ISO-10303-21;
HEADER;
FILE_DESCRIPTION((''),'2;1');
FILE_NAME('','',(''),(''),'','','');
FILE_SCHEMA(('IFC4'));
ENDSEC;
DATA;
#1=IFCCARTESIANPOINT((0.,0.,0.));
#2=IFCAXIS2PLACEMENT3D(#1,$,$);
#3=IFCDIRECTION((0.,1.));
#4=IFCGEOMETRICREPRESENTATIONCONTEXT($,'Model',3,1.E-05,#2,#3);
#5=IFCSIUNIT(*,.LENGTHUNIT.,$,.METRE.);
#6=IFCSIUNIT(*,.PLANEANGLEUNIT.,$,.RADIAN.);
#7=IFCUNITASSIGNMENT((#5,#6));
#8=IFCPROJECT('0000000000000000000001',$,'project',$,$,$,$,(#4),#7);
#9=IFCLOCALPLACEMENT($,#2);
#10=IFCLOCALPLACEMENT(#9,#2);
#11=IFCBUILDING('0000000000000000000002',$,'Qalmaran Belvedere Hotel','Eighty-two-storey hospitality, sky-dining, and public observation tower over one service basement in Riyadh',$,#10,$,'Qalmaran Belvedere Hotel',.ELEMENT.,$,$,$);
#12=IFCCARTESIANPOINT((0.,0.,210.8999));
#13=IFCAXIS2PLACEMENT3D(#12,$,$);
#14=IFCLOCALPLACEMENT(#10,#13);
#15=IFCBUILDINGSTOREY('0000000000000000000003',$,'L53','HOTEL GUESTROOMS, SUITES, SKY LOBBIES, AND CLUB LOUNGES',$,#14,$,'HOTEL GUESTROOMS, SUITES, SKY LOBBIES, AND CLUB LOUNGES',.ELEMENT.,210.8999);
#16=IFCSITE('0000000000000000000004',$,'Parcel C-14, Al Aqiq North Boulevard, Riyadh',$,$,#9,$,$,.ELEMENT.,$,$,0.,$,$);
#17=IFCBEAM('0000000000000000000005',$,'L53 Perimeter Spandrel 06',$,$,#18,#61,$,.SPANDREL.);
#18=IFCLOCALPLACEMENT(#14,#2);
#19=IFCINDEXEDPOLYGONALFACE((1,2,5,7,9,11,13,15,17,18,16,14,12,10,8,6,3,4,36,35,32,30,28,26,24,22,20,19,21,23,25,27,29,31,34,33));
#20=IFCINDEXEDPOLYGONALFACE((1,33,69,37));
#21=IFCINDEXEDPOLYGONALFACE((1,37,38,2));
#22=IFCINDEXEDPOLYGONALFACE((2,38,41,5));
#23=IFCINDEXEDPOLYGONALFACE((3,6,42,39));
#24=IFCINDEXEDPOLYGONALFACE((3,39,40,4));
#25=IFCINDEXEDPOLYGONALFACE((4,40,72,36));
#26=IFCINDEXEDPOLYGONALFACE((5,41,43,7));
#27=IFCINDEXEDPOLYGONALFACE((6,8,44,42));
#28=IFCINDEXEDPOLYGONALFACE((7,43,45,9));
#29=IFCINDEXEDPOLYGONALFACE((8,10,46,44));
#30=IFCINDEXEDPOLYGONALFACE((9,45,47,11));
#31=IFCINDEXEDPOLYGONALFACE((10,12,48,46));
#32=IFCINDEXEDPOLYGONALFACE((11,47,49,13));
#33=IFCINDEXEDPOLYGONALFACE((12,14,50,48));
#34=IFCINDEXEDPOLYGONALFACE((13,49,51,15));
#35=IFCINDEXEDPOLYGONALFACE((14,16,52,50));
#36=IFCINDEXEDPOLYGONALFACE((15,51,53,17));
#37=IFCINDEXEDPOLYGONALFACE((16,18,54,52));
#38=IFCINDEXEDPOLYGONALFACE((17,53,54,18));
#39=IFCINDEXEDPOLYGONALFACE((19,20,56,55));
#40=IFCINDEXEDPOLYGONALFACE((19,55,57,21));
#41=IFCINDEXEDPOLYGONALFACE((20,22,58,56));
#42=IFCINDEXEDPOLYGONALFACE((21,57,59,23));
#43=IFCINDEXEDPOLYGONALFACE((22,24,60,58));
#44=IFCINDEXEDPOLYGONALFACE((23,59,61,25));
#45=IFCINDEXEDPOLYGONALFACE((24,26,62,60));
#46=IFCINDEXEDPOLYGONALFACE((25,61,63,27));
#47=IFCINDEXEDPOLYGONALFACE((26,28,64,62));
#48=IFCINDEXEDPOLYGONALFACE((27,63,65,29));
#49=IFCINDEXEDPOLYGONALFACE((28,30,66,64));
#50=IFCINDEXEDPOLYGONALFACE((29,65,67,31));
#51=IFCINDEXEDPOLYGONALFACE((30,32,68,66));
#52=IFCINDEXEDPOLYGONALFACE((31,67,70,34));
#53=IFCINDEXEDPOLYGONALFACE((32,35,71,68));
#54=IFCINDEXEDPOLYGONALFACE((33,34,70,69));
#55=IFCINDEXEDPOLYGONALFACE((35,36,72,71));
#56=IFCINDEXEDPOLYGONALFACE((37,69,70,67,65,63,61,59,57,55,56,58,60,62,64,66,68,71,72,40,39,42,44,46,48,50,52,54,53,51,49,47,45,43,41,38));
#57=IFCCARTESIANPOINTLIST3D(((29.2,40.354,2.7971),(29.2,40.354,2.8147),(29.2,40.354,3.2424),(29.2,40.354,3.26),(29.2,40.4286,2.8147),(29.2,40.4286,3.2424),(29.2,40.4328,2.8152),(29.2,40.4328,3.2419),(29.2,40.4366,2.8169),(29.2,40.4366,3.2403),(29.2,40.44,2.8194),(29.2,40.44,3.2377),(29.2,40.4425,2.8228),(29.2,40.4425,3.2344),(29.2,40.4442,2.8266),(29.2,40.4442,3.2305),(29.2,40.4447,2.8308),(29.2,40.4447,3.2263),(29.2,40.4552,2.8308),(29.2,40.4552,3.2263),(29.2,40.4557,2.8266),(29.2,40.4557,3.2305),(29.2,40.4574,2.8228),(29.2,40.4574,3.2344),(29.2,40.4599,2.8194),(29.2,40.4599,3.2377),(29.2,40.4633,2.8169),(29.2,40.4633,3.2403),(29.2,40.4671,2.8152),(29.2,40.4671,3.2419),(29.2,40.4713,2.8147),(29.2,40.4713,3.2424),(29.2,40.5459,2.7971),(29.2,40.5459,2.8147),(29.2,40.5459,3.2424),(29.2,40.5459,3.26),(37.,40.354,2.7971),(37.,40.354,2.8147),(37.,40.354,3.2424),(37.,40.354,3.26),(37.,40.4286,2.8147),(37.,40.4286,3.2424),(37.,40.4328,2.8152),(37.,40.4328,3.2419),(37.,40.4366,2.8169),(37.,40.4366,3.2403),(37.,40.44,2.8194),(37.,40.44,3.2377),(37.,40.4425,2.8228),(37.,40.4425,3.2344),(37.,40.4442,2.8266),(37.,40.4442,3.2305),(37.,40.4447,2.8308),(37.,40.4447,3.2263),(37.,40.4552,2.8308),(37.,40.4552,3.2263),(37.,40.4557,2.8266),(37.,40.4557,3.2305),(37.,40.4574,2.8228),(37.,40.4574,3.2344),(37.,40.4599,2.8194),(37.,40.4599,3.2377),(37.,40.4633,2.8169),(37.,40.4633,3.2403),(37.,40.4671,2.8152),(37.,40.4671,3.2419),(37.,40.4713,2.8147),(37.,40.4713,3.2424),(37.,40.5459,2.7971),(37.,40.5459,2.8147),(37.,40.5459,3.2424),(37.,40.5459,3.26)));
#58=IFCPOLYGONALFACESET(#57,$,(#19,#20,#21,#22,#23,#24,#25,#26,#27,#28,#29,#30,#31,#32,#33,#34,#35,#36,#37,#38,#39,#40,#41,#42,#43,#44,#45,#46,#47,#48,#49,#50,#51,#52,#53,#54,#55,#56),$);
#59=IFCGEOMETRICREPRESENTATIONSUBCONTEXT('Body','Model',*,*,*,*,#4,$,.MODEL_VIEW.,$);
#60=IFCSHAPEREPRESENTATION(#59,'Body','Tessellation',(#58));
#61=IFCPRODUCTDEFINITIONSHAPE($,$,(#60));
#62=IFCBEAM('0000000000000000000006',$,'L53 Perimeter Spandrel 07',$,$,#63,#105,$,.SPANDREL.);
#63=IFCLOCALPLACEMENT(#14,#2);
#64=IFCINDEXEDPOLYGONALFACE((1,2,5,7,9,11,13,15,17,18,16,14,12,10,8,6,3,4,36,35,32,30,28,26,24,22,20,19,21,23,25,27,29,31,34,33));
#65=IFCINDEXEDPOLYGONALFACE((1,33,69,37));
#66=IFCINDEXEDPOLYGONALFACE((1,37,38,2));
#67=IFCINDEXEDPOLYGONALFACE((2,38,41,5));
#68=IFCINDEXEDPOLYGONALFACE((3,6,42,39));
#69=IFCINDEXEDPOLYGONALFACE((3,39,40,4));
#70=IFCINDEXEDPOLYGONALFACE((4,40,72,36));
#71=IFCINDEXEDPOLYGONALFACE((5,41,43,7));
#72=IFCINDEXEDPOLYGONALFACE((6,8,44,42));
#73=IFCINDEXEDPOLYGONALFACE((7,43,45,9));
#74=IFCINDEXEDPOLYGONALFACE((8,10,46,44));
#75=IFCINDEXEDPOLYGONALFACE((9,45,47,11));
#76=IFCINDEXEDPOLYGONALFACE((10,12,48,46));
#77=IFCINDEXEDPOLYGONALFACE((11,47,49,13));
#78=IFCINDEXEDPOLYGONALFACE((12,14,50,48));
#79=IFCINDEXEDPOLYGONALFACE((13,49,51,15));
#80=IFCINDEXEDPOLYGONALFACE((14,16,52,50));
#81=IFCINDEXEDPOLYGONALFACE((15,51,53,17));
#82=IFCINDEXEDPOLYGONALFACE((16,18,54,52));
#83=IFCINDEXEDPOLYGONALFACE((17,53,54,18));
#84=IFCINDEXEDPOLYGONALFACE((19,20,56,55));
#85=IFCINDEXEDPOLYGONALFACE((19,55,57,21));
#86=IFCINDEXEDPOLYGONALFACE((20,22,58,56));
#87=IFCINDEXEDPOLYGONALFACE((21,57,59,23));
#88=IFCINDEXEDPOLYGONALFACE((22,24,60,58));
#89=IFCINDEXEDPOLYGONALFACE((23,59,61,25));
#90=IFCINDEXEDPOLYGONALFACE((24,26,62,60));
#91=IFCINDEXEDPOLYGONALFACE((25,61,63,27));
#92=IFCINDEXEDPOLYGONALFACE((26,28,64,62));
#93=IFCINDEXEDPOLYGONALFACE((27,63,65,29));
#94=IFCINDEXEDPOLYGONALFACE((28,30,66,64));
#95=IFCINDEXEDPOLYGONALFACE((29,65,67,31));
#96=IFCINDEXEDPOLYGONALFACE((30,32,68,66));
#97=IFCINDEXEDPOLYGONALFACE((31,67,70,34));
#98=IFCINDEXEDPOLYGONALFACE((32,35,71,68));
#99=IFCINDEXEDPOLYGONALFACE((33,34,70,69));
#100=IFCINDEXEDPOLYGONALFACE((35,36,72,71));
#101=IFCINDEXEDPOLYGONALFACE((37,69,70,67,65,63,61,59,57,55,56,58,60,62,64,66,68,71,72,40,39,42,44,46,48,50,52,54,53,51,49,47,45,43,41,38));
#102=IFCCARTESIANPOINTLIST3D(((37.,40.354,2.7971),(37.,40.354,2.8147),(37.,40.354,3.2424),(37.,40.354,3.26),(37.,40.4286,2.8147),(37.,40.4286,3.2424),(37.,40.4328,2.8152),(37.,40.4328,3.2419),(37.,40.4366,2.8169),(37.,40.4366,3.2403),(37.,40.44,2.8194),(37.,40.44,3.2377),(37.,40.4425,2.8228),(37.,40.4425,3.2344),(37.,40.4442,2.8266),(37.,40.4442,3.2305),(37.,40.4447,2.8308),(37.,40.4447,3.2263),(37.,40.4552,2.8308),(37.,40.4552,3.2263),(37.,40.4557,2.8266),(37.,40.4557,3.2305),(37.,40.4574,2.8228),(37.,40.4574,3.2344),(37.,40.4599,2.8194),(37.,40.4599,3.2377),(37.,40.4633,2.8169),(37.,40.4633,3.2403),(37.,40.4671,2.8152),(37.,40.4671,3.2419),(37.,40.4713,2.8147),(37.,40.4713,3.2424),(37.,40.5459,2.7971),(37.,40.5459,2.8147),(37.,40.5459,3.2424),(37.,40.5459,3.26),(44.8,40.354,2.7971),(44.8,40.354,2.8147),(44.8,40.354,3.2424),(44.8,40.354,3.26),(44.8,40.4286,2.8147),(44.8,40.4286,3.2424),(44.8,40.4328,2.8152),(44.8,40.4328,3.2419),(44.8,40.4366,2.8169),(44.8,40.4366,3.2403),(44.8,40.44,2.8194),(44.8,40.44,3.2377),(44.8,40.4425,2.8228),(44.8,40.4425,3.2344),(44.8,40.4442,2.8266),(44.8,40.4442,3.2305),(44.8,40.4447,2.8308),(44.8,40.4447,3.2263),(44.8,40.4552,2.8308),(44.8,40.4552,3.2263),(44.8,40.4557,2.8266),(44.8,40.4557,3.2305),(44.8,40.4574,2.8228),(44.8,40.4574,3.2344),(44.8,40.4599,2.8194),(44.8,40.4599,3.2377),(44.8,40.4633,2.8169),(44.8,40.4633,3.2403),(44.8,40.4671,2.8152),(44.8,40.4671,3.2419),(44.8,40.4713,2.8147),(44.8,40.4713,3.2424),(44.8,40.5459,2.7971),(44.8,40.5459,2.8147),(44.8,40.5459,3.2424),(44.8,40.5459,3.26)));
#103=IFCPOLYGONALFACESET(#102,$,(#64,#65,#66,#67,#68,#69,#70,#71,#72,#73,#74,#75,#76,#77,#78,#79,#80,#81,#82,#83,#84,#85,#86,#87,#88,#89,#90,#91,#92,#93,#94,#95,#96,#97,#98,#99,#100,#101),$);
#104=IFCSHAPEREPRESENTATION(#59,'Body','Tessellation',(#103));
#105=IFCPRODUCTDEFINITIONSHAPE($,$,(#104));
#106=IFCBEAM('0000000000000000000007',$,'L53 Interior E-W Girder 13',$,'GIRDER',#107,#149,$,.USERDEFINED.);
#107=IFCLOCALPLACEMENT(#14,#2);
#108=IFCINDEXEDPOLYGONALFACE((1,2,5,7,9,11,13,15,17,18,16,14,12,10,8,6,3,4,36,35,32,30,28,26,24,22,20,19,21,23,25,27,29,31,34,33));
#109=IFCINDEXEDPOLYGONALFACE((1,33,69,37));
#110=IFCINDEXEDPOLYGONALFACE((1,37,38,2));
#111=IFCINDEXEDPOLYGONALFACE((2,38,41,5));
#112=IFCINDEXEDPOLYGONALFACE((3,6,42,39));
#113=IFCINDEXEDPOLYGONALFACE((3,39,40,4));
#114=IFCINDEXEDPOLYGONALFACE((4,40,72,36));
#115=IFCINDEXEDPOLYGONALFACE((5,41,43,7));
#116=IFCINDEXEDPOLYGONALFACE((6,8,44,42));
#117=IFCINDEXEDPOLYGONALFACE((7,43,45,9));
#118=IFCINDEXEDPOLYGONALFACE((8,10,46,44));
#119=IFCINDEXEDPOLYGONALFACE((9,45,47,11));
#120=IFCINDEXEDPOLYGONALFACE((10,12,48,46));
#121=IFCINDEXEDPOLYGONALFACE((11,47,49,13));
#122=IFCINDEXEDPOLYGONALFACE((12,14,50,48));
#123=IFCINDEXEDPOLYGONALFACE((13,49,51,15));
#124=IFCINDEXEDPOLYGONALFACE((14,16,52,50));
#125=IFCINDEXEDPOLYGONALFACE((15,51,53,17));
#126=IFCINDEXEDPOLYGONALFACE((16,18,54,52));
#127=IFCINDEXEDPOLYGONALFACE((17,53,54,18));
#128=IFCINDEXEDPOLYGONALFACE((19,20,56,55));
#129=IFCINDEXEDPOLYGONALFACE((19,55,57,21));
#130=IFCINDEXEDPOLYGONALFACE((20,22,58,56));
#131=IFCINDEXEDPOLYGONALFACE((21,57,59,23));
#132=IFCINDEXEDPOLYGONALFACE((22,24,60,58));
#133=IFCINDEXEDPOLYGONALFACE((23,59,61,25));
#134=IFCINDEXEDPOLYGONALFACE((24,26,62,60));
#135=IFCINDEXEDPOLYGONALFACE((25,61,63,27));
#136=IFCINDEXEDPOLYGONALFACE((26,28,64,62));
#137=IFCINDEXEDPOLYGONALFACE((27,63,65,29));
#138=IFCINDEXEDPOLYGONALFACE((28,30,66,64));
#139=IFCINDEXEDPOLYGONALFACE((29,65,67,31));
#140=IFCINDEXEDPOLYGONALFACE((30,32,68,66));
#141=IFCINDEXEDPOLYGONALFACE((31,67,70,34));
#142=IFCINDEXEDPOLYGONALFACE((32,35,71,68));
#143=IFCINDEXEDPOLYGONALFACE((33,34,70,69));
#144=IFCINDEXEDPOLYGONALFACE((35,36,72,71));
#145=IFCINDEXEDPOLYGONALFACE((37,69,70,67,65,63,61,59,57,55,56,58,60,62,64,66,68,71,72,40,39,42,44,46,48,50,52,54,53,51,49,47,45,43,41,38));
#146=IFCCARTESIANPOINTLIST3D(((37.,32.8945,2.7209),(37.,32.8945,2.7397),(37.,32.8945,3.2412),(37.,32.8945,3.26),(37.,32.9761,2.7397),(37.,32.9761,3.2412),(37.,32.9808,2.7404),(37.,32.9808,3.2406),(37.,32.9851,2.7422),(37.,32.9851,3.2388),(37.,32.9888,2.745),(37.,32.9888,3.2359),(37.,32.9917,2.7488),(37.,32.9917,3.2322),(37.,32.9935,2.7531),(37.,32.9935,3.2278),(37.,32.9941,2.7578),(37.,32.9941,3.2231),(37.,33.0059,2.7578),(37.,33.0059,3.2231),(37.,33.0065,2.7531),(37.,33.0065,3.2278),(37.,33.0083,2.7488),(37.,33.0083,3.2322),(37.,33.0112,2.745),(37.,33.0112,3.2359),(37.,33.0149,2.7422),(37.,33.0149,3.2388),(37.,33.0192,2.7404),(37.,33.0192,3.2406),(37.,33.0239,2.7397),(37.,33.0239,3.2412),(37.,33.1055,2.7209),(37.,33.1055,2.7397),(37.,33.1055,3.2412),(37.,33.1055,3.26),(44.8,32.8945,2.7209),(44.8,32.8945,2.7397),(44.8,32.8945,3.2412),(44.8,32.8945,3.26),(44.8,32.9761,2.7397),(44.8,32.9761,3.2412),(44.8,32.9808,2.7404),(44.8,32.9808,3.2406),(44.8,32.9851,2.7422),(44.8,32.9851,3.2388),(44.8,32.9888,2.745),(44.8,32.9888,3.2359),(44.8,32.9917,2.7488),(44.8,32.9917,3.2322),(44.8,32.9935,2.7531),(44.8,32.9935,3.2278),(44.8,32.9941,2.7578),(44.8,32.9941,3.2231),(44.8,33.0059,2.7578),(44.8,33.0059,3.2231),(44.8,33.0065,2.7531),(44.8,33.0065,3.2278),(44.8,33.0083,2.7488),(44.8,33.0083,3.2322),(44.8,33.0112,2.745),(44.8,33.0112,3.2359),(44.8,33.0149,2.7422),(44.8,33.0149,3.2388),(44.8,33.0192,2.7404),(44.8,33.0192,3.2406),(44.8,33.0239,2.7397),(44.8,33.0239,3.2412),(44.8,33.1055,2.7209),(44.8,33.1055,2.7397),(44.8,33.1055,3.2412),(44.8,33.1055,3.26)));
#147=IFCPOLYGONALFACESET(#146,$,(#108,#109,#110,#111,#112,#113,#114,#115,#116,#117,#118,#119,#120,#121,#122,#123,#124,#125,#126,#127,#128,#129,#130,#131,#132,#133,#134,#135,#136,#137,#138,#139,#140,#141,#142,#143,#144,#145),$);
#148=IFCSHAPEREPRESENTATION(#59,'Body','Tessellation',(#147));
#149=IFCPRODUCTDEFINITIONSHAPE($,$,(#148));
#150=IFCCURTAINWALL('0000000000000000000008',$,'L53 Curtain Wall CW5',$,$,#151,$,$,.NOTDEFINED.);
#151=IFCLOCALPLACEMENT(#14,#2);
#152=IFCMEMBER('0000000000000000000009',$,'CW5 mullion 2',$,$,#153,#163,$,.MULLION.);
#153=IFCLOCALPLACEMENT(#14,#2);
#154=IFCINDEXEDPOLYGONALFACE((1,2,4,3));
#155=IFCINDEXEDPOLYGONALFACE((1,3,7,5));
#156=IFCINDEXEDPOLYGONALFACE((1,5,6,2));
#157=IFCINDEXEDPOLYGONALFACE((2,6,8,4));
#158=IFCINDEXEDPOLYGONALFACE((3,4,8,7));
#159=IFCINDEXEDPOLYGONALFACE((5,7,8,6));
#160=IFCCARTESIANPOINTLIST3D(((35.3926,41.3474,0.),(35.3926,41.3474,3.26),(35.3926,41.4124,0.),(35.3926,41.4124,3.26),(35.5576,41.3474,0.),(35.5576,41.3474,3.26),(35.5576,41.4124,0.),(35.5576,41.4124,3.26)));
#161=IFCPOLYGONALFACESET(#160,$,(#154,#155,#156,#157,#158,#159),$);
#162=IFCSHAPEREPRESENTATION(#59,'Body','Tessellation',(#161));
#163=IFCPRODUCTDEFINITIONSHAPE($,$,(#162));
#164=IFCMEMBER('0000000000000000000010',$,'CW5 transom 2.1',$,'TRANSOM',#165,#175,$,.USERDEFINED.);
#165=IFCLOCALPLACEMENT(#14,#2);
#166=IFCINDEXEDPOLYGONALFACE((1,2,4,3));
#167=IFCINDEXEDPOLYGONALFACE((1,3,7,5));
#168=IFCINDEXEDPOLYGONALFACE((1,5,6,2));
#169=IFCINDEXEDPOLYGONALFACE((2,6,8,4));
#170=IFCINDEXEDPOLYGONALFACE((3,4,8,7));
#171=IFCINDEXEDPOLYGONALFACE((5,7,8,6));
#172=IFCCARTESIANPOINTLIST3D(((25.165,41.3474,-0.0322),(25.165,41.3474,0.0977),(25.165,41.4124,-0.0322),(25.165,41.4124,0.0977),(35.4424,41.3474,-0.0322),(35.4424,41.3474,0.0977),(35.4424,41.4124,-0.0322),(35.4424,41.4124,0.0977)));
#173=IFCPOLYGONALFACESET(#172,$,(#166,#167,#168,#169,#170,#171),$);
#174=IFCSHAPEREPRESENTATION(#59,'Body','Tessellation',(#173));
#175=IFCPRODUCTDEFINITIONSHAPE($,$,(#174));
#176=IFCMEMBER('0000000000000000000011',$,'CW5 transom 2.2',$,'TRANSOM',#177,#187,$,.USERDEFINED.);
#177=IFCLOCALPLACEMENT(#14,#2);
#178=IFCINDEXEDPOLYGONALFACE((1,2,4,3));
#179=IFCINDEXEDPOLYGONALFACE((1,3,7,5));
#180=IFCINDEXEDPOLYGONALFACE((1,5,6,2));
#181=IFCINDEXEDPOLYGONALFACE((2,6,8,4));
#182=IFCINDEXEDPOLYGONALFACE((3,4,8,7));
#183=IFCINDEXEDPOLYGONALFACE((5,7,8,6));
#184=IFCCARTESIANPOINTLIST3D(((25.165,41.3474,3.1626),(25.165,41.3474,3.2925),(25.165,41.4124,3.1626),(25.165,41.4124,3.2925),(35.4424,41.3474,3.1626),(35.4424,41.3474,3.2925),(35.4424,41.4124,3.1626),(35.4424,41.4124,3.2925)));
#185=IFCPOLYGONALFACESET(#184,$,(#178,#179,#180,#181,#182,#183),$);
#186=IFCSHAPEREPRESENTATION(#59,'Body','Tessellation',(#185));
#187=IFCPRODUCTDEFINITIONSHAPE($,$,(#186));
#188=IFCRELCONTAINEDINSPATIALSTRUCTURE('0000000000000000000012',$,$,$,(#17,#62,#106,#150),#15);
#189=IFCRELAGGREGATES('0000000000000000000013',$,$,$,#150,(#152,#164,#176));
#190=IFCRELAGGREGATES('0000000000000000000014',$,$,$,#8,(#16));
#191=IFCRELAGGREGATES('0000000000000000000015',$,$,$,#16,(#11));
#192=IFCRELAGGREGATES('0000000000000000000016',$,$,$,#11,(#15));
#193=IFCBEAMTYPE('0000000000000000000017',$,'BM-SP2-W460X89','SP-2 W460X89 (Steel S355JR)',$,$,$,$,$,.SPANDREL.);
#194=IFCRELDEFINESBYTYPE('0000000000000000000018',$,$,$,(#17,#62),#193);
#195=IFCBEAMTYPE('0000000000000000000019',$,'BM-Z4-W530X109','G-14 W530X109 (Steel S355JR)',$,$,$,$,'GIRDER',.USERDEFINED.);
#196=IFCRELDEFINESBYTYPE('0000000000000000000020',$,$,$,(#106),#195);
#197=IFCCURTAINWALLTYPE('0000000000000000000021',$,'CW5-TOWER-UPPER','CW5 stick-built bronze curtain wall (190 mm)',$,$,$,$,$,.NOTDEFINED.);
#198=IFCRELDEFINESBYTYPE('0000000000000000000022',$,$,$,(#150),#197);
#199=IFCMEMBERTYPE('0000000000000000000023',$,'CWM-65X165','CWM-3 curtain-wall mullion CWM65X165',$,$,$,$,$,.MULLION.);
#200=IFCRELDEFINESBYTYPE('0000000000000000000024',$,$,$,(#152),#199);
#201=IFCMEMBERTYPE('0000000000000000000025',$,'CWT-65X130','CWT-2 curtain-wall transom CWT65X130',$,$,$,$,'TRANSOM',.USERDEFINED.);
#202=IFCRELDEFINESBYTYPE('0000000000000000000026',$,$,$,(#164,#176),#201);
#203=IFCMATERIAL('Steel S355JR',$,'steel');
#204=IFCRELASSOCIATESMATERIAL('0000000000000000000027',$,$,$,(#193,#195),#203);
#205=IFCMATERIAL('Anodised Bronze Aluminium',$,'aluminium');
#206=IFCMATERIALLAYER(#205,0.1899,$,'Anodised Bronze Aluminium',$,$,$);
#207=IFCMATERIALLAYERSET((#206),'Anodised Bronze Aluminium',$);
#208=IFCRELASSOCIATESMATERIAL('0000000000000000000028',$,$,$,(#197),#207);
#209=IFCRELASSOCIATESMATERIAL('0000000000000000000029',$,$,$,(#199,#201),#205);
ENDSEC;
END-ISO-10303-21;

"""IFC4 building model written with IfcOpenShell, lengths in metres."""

from ifc_helpers import new_model, si_unit, direction, frame, origin, origin_2d, place, context, subcontext, project, spatial, rectangle, i_section, extrude, material, layer, layer_set, material_profile, profile_set, type_object, element, aggregate, save


model = new_model("IFC4")

# Units and contexts
model_context = context("Model", 3, precision=1e-05, world=origin(), true_north=direction((0.0, 1.0)))
body_context = subcontext(model_context, "Body", "Model", "MODEL_VIEW")
ifc_project = project(units=[si_unit("LENGTHUNIT", "METRE"), si_unit("PLANEANGLEUNIT", "RADIAN")], contexts=[model_context])

# Site, building, storey
site_placement = place(None, origin())
site = spatial("IfcSite", under=ifc_project, at=site_placement, Name="Parcel C-14, Al Aqiq North Boulevard, Riyadh", CompositionType="ELEMENT", RefElevation=0.0)
building_placement = place(site_placement, origin())
building = spatial("IfcBuilding", under=site, at=building_placement, Name="Qalmaran Belvedere Hotel", Description="Eighty-two-storey hospitality, sky-dining, and public observation tower over one service basement in Riyadh", LongName="Qalmaran Belvedere Hotel", CompositionType="ELEMENT")
storey_placement = place(building_placement, frame((0.0, 0.0, 210.8999)))
storey = spatial("IfcBuildingStorey", under=building, at=storey_placement, Name="L53", Description="HOTEL GUESTROOMS, SUITES, SKY LOBBIES, AND CLUB LOUNGES", LongName="HOTEL GUESTROOMS, SUITES, SKY LOBBIES, AND CLUB LOUNGES", CompositionType="ELEMENT", Elevation=210.8999)

# Beams
ifc_material_1 = material(Name="Steel S355JR", Category="steel")
ifc_material_profile_1 = material_profile(ifc_material_1, i_section(OverallWidth=0.1919, OverallDepth=0.4629, WebThickness=0.0105, FlangeThickness=0.0176, FilletRadius=0.0161, at=origin_2d()), Name="W460X89")
ifc_profile_set_1 = profile_set([ifc_material_profile_1], Name="Steel S355JR")
beam_type_1 = type_object("IfcBeamType", Name="BM-SP2-W460X89", Description="SP-2 W460X89 (Steel S355JR)", PredefinedType="SPANDREL", material=ifc_profile_set_1)
for number, where, z_axis, x_axis, name in (
    (1, (29.2, 40.45, 3.0286), (1.0, 0.0, 0.0), (0.0, 1.0, 0.0), "L53 Perimeter Spandrel 06"),
    (2, (37.0, 40.45, 3.0286), (1.0, 0.0, 0.0), (0.0, 1.0, 0.0), "L53 Perimeter Spandrel 07"),
):
    element("IfcBeam", number, at=place(storey_placement, frame(where, z_axis=z_axis, x_axis=x_axis)), inside=storey, type_object=beam_type_1, Name=name, PredefinedType="SPANDREL", context=body_context, shape_type="SweptSolid", body=[
        extrude(i_section(OverallWidth=0.1919, OverallDepth=0.4629, WebThickness=0.0105, FlangeThickness=0.0176, FilletRadius=0.0161, at=origin_2d()), origin(), (0.0, 0.0, 1.0), 7.8),
    ])
ifc_material_profile_2 = material_profile(ifc_material_1, i_section(OverallWidth=0.2109, OverallDepth=0.5391, WebThickness=0.0117, FlangeThickness=0.0188, FilletRadius=0.0181, at=origin_2d()), Name="W530X109")
ifc_profile_set_2 = profile_set([ifc_material_profile_2], Name="Steel S355JR")
beam_type_2 = type_object("IfcBeamType", Name="BM-Z4-W530X109", Description="G-14 W530X109 (Steel S355JR)", ElementType="GIRDER", PredefinedType="USERDEFINED", material=ifc_profile_set_2)
beam_1_placement = place(storey_placement, frame((37.0, 33.0, 2.9905), z_axis=(1.0, 0.0, 0.0), x_axis=(0.0, 1.0, 0.0)))
element("IfcBeam", 3, at=beam_1_placement, inside=storey, type_object=beam_type_2, Name="L53 Interior E-W Girder 13", ObjectType="GIRDER", PredefinedType="USERDEFINED", context=body_context, shape_type="SweptSolid", body=[
    extrude(i_section(OverallWidth=0.2109, OverallDepth=0.5391, WebThickness=0.0117, FlangeThickness=0.0188, FilletRadius=0.0181, at=origin_2d()), origin(), (0.0, 0.0, 1.0), 7.8),
])

# Curtain wall, members
ifc_material_2 = material(Name="Anodised Bronze Aluminium", Category="aluminium")
ifc_layer_1 = layer(ifc_material_2, 0.1899, Name="Anodised Bronze Aluminium")
ifc_layer_set_1 = layer_set([ifc_layer_1], Name="Anodised Bronze Aluminium")
curtain_wall_type = type_object("IfcCurtainWallType", Name="CW5-TOWER-UPPER", Description="CW5 stick-built bronze curtain wall (190 mm)", PredefinedType="NOTDEFINED", material=ifc_layer_set_1)
curtain_wall_placement = place(storey_placement, origin())
curtain_wall = element("IfcCurtainWall", 4, at=curtain_wall_placement, inside=storey, type_object=curtain_wall_type, Name="L53 Curtain Wall CW5", PredefinedType="NOTDEFINED")
ifc_material_profile_3 = material_profile(ifc_material_2, rectangle(XDim=0.0649, YDim=0.165, at=origin_2d()), Name="CWM65X165")
ifc_profile_set_3 = profile_set([ifc_material_profile_3], Name="Anodised Bronze Aluminium")
member_type_1 = type_object("IfcMemberType", Name="CWM-65X165", Description="CWM-3 curtain-wall mullion CWM65X165", PredefinedType="MULLION", material=ifc_profile_set_3)
member_1_placement = place(storey_placement, frame((35.4751, 41.3799, 0.0), z_axis=(0.0, 0.0, 1.0), x_axis=(0.0, -1.0, 0.0)))
member_1 = element("IfcMember", 5, at=member_1_placement, type_object=member_type_1, Name="CW5 mullion 2", PredefinedType="MULLION", context=body_context, shape_type="SweptSolid", body=[
    extrude(rectangle(XDim=0.0649, YDim=0.165, at=origin_2d()), origin(), (0.0, 0.0, 1.0), 3.26),
])
ifc_material_profile_4 = material_profile(ifc_material_2, rectangle(XDim=0.0649, YDim=0.1299, at=origin_2d()), Name="CWT65X130")
ifc_profile_set_4 = profile_set([ifc_material_profile_4], Name="Anodised Bronze Aluminium")
member_type_2 = type_object("IfcMemberType", Name="CWT-65X130", Description="CWT-2 curtain-wall transom CWT65X130", ElementType="TRANSOM", PredefinedType="USERDEFINED", material=ifc_profile_set_4)
member_2_placement = place(storey_placement, frame((35.4424, 41.3799, 0.0327), z_axis=(-1.0, 0.0, 0.0), x_axis=(0.0, -1.0, 0.0)))
member_2 = element("IfcMember", 6, at=member_2_placement, type_object=member_type_2, Name="CW5 transom 2.1", ObjectType="TRANSOM", PredefinedType="USERDEFINED", context=body_context, shape_type="SweptSolid", body=[
    extrude(rectangle(XDim=0.0649, YDim=0.1299, at=origin_2d()), origin(), (0.0, 0.0, 1.0), 10.2773),
])
member_3_placement = place(storey_placement, frame((35.4424, 41.3799, 3.2275), z_axis=(-1.0, 0.0, 0.0), x_axis=(0.0, -1.0, 0.0)))
member_3 = element("IfcMember", 7, at=member_3_placement, type_object=member_type_2, Name="CW5 transom 2.2", ObjectType="TRANSOM", PredefinedType="USERDEFINED", context=body_context, shape_type="SweptSolid", body=[
    extrude(rectangle(XDim=0.0649, YDim=0.1299, at=origin_2d()), origin(), (0.0, 0.0, 1.0), 10.2773),
])
aggregate(curtain_wall, [member_1, member_2, member_3])

save(model, "model.ifc")
